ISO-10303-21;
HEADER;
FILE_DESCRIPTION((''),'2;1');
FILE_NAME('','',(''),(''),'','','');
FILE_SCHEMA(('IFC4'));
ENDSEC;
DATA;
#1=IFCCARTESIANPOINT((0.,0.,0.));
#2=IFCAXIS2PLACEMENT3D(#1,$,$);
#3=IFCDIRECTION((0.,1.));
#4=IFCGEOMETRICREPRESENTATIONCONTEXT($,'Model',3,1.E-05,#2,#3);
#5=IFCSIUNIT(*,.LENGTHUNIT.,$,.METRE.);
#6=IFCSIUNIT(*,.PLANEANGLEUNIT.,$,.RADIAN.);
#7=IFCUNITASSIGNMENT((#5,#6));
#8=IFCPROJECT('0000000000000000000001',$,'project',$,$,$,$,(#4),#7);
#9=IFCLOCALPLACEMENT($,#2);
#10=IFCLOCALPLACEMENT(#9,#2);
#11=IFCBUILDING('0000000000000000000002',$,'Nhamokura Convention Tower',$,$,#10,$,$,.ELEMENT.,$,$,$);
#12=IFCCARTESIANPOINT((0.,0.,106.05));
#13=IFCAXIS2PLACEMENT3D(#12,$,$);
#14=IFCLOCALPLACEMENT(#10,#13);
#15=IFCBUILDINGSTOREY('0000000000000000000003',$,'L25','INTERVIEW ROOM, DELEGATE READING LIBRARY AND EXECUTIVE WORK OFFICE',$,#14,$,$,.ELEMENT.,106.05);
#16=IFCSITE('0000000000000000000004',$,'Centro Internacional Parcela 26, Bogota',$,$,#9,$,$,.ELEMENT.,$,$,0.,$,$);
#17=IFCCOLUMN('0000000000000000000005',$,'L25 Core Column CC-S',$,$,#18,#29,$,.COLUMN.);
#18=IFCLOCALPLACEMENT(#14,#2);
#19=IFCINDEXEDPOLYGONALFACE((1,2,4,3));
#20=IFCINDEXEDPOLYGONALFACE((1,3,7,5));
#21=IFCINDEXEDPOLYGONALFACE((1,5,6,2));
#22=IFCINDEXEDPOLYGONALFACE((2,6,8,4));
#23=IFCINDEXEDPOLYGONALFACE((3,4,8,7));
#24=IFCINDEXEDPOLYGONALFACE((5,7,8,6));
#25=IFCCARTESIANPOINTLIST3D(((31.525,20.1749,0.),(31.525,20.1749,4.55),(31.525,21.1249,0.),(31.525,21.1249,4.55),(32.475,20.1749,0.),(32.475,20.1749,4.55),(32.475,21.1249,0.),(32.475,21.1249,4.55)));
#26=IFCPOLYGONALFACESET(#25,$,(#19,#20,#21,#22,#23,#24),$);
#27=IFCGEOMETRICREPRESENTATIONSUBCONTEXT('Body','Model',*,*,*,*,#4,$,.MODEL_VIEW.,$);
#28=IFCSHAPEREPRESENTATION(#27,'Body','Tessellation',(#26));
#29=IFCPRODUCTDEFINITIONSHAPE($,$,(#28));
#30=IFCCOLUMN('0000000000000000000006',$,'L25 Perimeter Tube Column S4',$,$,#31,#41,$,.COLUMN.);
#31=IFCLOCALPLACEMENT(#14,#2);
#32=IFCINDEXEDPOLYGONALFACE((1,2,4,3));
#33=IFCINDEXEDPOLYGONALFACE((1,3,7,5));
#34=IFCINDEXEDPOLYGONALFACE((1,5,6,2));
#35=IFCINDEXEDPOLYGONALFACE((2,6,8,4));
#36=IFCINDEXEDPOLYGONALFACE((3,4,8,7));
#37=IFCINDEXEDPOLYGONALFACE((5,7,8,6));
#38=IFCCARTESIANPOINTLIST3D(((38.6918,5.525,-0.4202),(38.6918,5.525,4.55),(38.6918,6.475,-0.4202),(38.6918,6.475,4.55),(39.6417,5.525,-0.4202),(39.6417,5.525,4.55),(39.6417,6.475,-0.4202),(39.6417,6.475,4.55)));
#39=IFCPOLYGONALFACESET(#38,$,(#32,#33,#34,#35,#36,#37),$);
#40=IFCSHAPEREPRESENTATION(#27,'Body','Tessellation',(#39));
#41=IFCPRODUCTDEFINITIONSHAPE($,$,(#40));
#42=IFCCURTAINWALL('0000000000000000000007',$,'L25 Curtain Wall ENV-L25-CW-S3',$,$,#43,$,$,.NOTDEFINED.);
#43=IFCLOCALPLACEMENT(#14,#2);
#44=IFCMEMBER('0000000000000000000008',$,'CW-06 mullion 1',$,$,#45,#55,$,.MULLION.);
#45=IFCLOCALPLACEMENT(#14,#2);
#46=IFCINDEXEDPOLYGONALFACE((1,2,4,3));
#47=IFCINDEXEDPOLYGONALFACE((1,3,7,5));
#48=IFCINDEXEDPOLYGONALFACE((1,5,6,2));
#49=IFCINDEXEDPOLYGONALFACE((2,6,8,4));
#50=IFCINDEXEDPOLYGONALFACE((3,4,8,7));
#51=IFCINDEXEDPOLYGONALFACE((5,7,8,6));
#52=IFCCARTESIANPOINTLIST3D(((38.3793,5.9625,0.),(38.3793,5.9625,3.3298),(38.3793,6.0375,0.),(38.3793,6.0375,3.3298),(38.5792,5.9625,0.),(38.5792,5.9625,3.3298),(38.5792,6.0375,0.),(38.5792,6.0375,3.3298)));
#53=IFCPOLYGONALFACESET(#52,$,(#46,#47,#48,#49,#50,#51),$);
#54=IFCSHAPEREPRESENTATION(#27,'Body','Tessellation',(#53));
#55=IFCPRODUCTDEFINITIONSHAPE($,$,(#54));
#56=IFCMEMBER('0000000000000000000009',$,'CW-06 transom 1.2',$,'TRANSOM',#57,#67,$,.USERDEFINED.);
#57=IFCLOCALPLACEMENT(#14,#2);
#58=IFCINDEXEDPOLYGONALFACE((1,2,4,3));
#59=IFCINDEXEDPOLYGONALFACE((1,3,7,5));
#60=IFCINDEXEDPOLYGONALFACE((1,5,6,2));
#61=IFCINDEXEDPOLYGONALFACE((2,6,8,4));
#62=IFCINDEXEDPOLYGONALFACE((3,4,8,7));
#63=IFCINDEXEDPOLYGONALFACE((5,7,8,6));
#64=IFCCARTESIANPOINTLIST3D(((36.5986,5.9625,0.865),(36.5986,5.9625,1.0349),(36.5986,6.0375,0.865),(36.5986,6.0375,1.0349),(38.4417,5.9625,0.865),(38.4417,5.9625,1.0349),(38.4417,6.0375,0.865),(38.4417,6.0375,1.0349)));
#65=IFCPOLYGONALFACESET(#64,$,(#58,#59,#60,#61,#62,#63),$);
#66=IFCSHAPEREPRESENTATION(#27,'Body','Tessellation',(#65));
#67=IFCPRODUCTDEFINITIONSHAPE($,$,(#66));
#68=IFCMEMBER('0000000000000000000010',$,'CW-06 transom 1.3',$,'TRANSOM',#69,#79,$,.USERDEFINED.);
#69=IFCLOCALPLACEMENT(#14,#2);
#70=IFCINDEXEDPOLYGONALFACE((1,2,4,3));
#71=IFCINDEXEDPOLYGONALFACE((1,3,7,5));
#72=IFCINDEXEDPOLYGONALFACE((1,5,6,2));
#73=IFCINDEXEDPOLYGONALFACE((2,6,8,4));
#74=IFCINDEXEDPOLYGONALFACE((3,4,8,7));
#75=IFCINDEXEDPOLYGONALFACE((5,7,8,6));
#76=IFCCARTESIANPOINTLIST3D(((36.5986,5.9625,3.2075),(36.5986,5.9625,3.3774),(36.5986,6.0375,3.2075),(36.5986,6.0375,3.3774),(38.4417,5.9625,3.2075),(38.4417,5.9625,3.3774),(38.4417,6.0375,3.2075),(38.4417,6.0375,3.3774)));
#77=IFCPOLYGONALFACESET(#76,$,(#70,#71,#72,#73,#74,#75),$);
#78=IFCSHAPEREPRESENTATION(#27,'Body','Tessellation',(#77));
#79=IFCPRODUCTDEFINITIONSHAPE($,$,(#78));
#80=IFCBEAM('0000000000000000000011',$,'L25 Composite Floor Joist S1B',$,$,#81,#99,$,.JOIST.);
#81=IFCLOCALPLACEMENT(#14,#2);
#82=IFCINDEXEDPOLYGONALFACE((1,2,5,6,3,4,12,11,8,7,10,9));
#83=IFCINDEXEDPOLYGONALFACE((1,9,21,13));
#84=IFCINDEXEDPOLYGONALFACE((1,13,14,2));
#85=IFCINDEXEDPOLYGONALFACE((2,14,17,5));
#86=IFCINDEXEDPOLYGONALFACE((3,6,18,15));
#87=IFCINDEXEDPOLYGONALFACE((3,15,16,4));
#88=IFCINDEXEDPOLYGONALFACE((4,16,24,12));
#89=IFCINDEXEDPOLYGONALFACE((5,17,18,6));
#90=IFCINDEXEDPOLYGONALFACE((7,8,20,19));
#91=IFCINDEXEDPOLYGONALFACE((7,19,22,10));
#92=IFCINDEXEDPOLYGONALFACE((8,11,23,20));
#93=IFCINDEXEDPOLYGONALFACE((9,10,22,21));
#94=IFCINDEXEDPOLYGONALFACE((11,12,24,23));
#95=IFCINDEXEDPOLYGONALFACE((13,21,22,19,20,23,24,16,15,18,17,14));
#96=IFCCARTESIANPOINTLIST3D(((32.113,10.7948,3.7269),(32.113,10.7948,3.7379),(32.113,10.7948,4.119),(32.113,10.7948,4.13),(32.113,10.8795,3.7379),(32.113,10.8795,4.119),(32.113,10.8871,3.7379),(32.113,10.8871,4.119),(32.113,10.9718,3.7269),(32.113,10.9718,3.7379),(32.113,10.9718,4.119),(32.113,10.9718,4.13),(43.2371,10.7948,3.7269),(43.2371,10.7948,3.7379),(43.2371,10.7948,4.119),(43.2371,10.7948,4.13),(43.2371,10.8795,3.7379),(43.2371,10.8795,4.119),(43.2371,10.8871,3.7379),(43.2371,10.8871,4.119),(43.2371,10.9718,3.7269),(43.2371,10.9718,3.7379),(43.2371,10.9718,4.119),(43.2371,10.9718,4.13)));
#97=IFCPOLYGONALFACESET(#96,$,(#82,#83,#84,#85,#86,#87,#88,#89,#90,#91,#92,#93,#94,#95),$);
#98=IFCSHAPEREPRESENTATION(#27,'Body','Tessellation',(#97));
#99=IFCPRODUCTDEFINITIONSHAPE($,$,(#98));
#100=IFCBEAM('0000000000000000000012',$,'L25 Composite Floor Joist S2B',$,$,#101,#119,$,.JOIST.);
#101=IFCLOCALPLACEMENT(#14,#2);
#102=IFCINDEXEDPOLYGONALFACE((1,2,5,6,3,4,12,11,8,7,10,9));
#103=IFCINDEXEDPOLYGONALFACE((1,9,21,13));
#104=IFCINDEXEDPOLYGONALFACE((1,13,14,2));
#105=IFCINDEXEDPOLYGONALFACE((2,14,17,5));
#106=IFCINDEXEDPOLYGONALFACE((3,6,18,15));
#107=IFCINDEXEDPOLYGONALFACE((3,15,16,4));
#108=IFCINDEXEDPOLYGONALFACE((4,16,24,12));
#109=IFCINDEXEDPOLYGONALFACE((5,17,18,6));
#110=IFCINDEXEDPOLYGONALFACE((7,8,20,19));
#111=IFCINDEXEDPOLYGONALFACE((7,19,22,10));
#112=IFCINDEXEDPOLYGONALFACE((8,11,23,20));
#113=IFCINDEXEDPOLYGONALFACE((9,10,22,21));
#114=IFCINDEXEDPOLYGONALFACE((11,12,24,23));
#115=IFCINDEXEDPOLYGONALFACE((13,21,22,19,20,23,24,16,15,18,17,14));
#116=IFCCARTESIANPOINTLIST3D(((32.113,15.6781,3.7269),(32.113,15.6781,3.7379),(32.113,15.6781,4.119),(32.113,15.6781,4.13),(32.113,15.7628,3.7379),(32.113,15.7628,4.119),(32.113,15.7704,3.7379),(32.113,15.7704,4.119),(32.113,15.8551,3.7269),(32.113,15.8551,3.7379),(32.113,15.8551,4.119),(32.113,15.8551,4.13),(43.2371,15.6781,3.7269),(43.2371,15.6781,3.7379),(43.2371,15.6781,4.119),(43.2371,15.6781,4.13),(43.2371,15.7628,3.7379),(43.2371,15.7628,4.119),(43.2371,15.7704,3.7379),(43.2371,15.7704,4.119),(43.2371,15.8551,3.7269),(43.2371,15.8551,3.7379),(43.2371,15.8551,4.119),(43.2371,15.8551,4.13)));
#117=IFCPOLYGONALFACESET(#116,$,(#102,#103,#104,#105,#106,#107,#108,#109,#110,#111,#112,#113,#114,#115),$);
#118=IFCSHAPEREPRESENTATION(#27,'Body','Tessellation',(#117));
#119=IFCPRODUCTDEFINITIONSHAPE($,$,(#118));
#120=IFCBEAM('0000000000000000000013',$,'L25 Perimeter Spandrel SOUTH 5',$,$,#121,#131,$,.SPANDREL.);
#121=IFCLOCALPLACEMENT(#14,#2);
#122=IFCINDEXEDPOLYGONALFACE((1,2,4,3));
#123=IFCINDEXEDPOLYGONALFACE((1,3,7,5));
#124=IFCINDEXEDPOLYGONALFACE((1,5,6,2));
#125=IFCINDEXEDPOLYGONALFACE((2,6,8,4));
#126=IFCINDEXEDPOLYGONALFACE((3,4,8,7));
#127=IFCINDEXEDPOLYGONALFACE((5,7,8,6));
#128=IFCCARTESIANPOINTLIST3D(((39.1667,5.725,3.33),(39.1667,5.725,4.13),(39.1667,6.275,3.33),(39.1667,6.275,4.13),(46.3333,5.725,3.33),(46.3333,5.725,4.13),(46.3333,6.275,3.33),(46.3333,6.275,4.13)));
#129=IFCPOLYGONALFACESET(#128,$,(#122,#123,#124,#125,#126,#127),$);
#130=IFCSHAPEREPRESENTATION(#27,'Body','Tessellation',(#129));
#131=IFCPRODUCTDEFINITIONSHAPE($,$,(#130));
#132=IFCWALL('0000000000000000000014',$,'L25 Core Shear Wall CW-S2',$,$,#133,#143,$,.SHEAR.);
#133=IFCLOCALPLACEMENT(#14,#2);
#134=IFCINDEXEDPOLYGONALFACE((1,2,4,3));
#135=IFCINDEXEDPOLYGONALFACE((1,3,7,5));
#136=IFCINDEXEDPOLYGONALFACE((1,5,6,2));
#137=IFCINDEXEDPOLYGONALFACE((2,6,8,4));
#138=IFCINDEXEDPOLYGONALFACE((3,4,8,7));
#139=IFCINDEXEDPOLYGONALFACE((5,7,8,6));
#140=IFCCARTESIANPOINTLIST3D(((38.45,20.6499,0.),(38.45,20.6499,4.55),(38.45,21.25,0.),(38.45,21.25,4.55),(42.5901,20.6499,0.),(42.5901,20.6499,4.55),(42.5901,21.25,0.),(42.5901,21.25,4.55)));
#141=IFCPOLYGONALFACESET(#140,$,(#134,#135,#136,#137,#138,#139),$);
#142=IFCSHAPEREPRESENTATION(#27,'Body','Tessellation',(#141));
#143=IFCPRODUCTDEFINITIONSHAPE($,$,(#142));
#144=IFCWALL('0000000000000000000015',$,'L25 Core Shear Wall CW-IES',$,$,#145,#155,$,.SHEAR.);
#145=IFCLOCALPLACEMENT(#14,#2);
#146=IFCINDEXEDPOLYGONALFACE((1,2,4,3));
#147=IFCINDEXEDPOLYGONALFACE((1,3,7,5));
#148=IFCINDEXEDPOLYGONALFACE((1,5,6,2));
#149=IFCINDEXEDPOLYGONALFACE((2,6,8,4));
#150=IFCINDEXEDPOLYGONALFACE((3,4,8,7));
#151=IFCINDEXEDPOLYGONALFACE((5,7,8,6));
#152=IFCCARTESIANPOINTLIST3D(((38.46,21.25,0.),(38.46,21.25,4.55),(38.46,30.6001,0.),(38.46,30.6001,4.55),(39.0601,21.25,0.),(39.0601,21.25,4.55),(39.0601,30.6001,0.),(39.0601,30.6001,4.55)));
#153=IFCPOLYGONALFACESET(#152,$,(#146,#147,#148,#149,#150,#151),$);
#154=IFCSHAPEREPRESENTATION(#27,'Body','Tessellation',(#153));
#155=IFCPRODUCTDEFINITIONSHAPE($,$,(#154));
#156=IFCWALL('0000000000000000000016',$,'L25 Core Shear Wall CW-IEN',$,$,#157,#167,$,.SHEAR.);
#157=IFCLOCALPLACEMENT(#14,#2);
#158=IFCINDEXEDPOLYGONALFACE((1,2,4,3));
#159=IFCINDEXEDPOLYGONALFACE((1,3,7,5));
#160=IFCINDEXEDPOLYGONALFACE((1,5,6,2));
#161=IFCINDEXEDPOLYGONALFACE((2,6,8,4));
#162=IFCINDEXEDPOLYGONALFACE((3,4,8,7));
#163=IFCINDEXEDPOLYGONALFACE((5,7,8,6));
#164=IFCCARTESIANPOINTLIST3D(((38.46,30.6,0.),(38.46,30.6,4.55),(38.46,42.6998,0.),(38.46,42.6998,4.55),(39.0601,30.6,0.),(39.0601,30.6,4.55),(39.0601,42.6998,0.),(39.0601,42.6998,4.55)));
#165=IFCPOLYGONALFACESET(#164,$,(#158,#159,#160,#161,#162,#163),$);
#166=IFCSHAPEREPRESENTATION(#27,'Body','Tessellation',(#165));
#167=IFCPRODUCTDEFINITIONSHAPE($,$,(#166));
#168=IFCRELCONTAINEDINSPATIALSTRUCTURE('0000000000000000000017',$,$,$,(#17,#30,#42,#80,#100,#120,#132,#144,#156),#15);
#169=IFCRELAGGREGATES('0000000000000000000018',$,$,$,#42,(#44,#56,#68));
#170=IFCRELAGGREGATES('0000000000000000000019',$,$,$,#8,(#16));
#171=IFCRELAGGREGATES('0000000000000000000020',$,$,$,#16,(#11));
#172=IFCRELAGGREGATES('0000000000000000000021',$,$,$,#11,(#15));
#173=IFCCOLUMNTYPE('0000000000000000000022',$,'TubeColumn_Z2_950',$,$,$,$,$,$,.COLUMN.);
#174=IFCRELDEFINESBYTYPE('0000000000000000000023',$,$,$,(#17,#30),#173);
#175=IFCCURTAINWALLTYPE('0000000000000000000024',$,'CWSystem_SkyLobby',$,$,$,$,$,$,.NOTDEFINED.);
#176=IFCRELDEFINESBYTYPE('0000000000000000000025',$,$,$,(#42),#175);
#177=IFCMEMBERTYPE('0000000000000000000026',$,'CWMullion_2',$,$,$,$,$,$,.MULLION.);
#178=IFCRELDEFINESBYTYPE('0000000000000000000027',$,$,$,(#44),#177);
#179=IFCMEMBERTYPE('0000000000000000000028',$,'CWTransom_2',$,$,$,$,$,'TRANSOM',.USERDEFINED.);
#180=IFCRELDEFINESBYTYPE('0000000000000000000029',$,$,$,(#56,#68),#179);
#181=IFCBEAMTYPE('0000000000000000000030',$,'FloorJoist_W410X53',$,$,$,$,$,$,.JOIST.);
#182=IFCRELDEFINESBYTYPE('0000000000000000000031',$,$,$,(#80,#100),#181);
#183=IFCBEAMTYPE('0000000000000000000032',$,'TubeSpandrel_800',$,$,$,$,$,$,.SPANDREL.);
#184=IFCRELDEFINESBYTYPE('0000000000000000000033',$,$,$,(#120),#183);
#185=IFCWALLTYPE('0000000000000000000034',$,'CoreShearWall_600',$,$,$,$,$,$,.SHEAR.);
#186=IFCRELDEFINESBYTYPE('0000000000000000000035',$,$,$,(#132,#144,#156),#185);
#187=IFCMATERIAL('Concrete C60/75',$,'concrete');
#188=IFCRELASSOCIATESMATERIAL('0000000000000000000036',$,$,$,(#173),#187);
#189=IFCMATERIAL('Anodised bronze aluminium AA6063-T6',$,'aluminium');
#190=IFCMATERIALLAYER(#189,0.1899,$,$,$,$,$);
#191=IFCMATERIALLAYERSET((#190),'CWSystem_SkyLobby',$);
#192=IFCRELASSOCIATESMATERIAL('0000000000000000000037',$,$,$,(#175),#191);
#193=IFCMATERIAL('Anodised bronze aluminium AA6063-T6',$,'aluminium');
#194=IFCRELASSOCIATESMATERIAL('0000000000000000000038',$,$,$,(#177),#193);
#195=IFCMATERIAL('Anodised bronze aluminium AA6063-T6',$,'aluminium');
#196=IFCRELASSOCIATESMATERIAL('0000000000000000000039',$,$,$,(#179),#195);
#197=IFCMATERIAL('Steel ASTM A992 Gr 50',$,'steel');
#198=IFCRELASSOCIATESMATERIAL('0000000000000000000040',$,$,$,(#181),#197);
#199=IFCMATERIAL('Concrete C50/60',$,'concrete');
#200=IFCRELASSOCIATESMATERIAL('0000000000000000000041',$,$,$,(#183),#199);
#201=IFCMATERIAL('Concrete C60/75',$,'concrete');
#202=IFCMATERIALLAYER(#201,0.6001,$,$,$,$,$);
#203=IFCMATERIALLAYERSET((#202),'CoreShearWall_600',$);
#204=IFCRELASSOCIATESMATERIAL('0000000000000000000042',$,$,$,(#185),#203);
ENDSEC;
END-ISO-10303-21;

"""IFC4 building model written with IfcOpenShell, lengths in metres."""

from ifc_helpers import new_model, si_unit, direction, frame, frame_2d, origin, origin_2d, place, context, subcontext, project, spatial, rectangle, i_section, extrude, material, layer, layer_set, material_profile, profile_set, type_object, element, aggregate, save


model = new_model("IFC4")

# Units and contexts
model_context = context("Model", 3, precision=1e-05, world=origin(), true_north=direction((0.0, 1.0)))
body_context = subcontext(model_context, "Body", "Model", "MODEL_VIEW")
ifc_project = project(units=[si_unit("LENGTHUNIT", "METRE"), si_unit("PLANEANGLEUNIT", "RADIAN")], contexts=[model_context])

# Site, building, storey
site_placement = place(None, origin())
site = spatial("IfcSite", under=ifc_project, at=site_placement, Name="Centro Internacional Parcela 26, Bogota", CompositionType="ELEMENT", RefElevation=0.0)
building_placement = place(site_placement, origin())
building = spatial("IfcBuilding", under=site, at=building_placement, Name="Nhamokura Convention Tower", CompositionType="ELEMENT")
storey_placement = place(building_placement, frame((0.0, 0.0, 106.05)))
storey = spatial("IfcBuildingStorey", under=building, at=storey_placement, Name="L25", Description="INTERVIEW ROOM, DELEGATE READING LIBRARY AND EXECUTIVE WORK OFFICE", CompositionType="ELEMENT", Elevation=106.05)

# Columns
ifc_material_1 = material(Name="Concrete C60/75", Category="concrete")
ifc_material_profile_1 = material_profile(ifc_material_1, rectangle(XDim=0.95, YDim=0.95, at=origin_2d()))
ifc_profile_set_1 = profile_set([ifc_material_profile_1], Name="Concrete C60/75")
column_type = type_object("IfcColumnType", Name="TubeColumn_Z2_950", PredefinedType="COLUMN", material=ifc_profile_set_1)
column_1_placement = place(storey_placement, frame((32.0, 20.6499, 0.0), z_axis=(0.0, 0.0, 1.0), x_axis=(1.0, 0.0, 0.0)))
element("IfcColumn", 1, at=column_1_placement, inside=storey, type_object=column_type, Name="L25 Core Column CC-S", PredefinedType="COLUMN", context=body_context, shape_type="SweptSolid", body=[
    extrude(rectangle(XDim=0.95, YDim=0.95, at=origin_2d()), origin(), (0.0, 0.0, 1.0), 4.55),
])
column_2_placement = place(storey_placement, frame((39.1667, 6.0, -0.4202), z_axis=(0.0, 0.0, 1.0), x_axis=(1.0, 0.0, 0.0)))
element("IfcColumn", 2, at=column_2_placement, inside=storey, type_object=column_type, Name="L25 Perimeter Tube Column S4", PredefinedType="COLUMN", context=body_context, shape_type="SweptSolid", body=[
    extrude(rectangle(XDim=0.95, YDim=0.95, at=origin_2d()), origin(), (0.0, 0.0, 1.0), 4.9702),
])

# Curtain wall, members
ifc_material_2 = material(Name="Anodised bronze aluminium AA6063-T6", Category="aluminium")
ifc_layer_1 = layer(ifc_material_2, 0.1899)
ifc_layer_set_1 = layer_set([ifc_layer_1], Name="CWSystem_SkyLobby")
curtain_wall_type = type_object("IfcCurtainWallType", Name="CWSystem_SkyLobby", PredefinedType="NOTDEFINED", material=ifc_layer_set_1)
curtain_wall_placement = place(storey_placement, origin())
curtain_wall = element("IfcCurtainWall", 3, at=curtain_wall_placement, inside=storey, type_object=curtain_wall_type, Name="L25 Curtain Wall ENV-L25-CW-S3", PredefinedType="NOTDEFINED")
ifc_material_3 = material(Name="Anodised bronze aluminium AA6063-T6", Category="aluminium")
ifc_material_profile_2 = material_profile(ifc_material_3, rectangle(XDim=0.075, YDim=0.2, at=origin_2d()))
ifc_profile_set_2 = profile_set([ifc_material_profile_2], Name="Anodised bronze aluminium AA6063-T6")
member_type_1 = type_object("IfcMemberType", Name="CWMullion_2", PredefinedType="MULLION", material=ifc_profile_set_2)
member_1_placement = place(storey_placement, frame((38.4792, 6.0, 0.0), z_axis=(0.0, 0.0, 1.0), x_axis=(0.0, -1.0, 0.0)))
member_1 = element("IfcMember", 4, at=member_1_placement, type_object=member_type_1, Name="CW-06 mullion 1", PredefinedType="MULLION", context=body_context, shape_type="SweptSolid", body=[
    extrude(rectangle(XDim=0.075, YDim=0.2, at=origin_2d()), origin(), (0.0, 0.0, 1.0), 3.3298),
])
ifc_material_4 = material(Name="Anodised bronze aluminium AA6063-T6", Category="aluminium")
ifc_material_profile_3 = material_profile(ifc_material_4, rectangle(XDim=0.075, YDim=0.1699, at=origin_2d()))
ifc_profile_set_3 = profile_set([ifc_material_profile_3], Name="Anodised bronze aluminium AA6063-T6")
member_type_2 = type_object("IfcMemberType", Name="CWTransom_2", ElementType="TRANSOM", PredefinedType="USERDEFINED", material=ifc_profile_set_3)
member_2_placement = place(storey_placement, frame((38.4417, 6.0, 0.95), z_axis=(-1.0, 0.0, 0.0), x_axis=(0.0, -1.0, 0.0)))
member_2 = element("IfcMember", 5, at=member_2_placement, type_object=member_type_2, Name="CW-06 transom 1.2", ObjectType="TRANSOM", PredefinedType="USERDEFINED", context=body_context, shape_type="SweptSolid", body=[
    extrude(rectangle(XDim=0.075, YDim=0.1699, at=origin_2d()), origin(), (0.0, 0.0, 1.0), 1.843),
])
member_3_placement = place(storey_placement, frame((38.4417, 6.0, 3.2925), z_axis=(-1.0, 0.0, 0.0), x_axis=(0.0, -1.0, 0.0)))
member_3 = element("IfcMember", 6, at=member_3_placement, type_object=member_type_2, Name="CW-06 transom 1.3", ObjectType="TRANSOM", PredefinedType="USERDEFINED", context=body_context, shape_type="SweptSolid", body=[
    extrude(rectangle(XDim=0.075, YDim=0.1699, at=origin_2d()), origin(), (0.0, 0.0, 1.0), 1.843),
])
aggregate(curtain_wall, [member_1, member_2, member_3])

# Beams
ifc_material_5 = material(Name="Steel ASTM A992 Gr 50", Category="steel")
ifc_material_profile_4 = material_profile(ifc_material_5, i_section(OverallWidth=0.177, OverallDepth=0.4031, WebThickness=0.0076, FlangeThickness=0.011, at=origin_2d()))
ifc_profile_set_4 = profile_set([ifc_material_profile_4], Name="Steel ASTM A992 Gr 50")
beam_type_1 = type_object("IfcBeamType", Name="FloorJoist_W410X53", PredefinedType="JOIST", material=ifc_profile_set_4)
for number, where, z_axis, x_axis, name in (
    (7, (32.113, 10.8833, 3.9285), (1.0, 0.0, 0.0), (0.0, 1.0, 0.0), "L25 Composite Floor Joist S1B"),
    (8, (32.113, 15.7666, 3.9285), (1.0, 0.0, 0.0), (0.0, 1.0, 0.0), "L25 Composite Floor Joist S2B"),
):
    element("IfcBeam", number, at=place(storey_placement, frame(where, z_axis=z_axis, x_axis=x_axis)), inside=storey, type_object=beam_type_1, Name=name, PredefinedType="JOIST", context=body_context, shape_type="SweptSolid", body=[
        extrude(i_section(OverallWidth=0.177, OverallDepth=0.4031, WebThickness=0.0076, FlangeThickness=0.011, at=origin_2d()), origin(), (0.0, 0.0, 1.0), 11.124),
    ])
ifc_material_6 = material(Name="Concrete C50/60", Category="concrete")
ifc_material_profile_5 = material_profile(ifc_material_6, rectangle(XDim=0.55, YDim=0.8, at=origin_2d()))
ifc_profile_set_5 = profile_set([ifc_material_profile_5], Name="Concrete C50/60")
beam_type_2 = type_object("IfcBeamType", Name="TubeSpandrel_800", PredefinedType="SPANDREL", material=ifc_profile_set_5)
beam_placement = place(storey_placement, frame((39.1667, 6.0, 3.73), z_axis=(1.0, 0.0, 0.0), x_axis=(0.0, 1.0, 0.0)))
element("IfcBeam", 9, at=beam_placement, inside=storey, type_object=beam_type_2, Name="L25 Perimeter Spandrel SOUTH 5", PredefinedType="SPANDREL", context=body_context, shape_type="SweptSolid", body=[
    extrude(rectangle(XDim=0.55, YDim=0.8, at=origin_2d()), origin(), (0.0, 0.0, 1.0), 7.1665),
])

# Walls
ifc_material_7 = material(Name="Concrete C60/75", Category="concrete")
ifc_layer_2 = layer(ifc_material_7, 0.6001)
ifc_layer_set_2 = layer_set([ifc_layer_2], Name="CoreShearWall_600")
wall_type_1 = type_object("IfcWallType", Name="CoreShearWall_600", PredefinedType="SHEAR", material=ifc_layer_set_2)
wall_1_placement = place(storey_placement, frame((38.45, 20.95, 0.0), z_axis=(0.0, 0.0, 1.0), x_axis=(1.0, 0.0, 0.0)))
element("IfcWall", 10, at=wall_1_placement, inside=storey, type_object=wall_type_1, Name="L25 Core Shear Wall CW-S2", PredefinedType="SHEAR", context=body_context, shape_type="SweptSolid", body=[
    extrude(rectangle(XDim=4.1401, YDim=0.6001, at=frame_2d((2.0701, 0.0))), origin(), (0.0, 0.0, 1.0), 4.55),
])
wall_2_placement = place(storey_placement, frame((38.76, 21.25, 0.0), z_axis=(0.0, 0.0, 1.0), x_axis=(0.0, 1.0, 0.0)))
element("IfcWall", 11, at=wall_2_placement, inside=storey, type_object=wall_type_1, Name="L25 Core Shear Wall CW-IES", PredefinedType="SHEAR", context=body_context, shape_type="SweptSolid", body=[
    extrude(rectangle(XDim=9.3501, YDim=0.6001, at=frame_2d((4.675, 0.0))), origin(), (0.0, 0.0, 1.0), 4.55),
])
wall_3_placement = place(storey_placement, frame((38.76, 30.6001, 0.0), z_axis=(0.0, 0.0, 1.0), x_axis=(0.0, 1.0, 0.0)))
element("IfcWall", 12, at=wall_3_placement, inside=storey, type_object=wall_type_1, Name="L25 Core Shear Wall CW-IEN", PredefinedType="SHEAR", context=body_context, shape_type="SweptSolid", body=[
    extrude(rectangle(XDim=12.0999, YDim=0.6001, at=frame_2d((6.0498, 0.0))), origin(), (0.0, 0.0, 1.0), 4.55),
])

save(model, "model.ifc")
